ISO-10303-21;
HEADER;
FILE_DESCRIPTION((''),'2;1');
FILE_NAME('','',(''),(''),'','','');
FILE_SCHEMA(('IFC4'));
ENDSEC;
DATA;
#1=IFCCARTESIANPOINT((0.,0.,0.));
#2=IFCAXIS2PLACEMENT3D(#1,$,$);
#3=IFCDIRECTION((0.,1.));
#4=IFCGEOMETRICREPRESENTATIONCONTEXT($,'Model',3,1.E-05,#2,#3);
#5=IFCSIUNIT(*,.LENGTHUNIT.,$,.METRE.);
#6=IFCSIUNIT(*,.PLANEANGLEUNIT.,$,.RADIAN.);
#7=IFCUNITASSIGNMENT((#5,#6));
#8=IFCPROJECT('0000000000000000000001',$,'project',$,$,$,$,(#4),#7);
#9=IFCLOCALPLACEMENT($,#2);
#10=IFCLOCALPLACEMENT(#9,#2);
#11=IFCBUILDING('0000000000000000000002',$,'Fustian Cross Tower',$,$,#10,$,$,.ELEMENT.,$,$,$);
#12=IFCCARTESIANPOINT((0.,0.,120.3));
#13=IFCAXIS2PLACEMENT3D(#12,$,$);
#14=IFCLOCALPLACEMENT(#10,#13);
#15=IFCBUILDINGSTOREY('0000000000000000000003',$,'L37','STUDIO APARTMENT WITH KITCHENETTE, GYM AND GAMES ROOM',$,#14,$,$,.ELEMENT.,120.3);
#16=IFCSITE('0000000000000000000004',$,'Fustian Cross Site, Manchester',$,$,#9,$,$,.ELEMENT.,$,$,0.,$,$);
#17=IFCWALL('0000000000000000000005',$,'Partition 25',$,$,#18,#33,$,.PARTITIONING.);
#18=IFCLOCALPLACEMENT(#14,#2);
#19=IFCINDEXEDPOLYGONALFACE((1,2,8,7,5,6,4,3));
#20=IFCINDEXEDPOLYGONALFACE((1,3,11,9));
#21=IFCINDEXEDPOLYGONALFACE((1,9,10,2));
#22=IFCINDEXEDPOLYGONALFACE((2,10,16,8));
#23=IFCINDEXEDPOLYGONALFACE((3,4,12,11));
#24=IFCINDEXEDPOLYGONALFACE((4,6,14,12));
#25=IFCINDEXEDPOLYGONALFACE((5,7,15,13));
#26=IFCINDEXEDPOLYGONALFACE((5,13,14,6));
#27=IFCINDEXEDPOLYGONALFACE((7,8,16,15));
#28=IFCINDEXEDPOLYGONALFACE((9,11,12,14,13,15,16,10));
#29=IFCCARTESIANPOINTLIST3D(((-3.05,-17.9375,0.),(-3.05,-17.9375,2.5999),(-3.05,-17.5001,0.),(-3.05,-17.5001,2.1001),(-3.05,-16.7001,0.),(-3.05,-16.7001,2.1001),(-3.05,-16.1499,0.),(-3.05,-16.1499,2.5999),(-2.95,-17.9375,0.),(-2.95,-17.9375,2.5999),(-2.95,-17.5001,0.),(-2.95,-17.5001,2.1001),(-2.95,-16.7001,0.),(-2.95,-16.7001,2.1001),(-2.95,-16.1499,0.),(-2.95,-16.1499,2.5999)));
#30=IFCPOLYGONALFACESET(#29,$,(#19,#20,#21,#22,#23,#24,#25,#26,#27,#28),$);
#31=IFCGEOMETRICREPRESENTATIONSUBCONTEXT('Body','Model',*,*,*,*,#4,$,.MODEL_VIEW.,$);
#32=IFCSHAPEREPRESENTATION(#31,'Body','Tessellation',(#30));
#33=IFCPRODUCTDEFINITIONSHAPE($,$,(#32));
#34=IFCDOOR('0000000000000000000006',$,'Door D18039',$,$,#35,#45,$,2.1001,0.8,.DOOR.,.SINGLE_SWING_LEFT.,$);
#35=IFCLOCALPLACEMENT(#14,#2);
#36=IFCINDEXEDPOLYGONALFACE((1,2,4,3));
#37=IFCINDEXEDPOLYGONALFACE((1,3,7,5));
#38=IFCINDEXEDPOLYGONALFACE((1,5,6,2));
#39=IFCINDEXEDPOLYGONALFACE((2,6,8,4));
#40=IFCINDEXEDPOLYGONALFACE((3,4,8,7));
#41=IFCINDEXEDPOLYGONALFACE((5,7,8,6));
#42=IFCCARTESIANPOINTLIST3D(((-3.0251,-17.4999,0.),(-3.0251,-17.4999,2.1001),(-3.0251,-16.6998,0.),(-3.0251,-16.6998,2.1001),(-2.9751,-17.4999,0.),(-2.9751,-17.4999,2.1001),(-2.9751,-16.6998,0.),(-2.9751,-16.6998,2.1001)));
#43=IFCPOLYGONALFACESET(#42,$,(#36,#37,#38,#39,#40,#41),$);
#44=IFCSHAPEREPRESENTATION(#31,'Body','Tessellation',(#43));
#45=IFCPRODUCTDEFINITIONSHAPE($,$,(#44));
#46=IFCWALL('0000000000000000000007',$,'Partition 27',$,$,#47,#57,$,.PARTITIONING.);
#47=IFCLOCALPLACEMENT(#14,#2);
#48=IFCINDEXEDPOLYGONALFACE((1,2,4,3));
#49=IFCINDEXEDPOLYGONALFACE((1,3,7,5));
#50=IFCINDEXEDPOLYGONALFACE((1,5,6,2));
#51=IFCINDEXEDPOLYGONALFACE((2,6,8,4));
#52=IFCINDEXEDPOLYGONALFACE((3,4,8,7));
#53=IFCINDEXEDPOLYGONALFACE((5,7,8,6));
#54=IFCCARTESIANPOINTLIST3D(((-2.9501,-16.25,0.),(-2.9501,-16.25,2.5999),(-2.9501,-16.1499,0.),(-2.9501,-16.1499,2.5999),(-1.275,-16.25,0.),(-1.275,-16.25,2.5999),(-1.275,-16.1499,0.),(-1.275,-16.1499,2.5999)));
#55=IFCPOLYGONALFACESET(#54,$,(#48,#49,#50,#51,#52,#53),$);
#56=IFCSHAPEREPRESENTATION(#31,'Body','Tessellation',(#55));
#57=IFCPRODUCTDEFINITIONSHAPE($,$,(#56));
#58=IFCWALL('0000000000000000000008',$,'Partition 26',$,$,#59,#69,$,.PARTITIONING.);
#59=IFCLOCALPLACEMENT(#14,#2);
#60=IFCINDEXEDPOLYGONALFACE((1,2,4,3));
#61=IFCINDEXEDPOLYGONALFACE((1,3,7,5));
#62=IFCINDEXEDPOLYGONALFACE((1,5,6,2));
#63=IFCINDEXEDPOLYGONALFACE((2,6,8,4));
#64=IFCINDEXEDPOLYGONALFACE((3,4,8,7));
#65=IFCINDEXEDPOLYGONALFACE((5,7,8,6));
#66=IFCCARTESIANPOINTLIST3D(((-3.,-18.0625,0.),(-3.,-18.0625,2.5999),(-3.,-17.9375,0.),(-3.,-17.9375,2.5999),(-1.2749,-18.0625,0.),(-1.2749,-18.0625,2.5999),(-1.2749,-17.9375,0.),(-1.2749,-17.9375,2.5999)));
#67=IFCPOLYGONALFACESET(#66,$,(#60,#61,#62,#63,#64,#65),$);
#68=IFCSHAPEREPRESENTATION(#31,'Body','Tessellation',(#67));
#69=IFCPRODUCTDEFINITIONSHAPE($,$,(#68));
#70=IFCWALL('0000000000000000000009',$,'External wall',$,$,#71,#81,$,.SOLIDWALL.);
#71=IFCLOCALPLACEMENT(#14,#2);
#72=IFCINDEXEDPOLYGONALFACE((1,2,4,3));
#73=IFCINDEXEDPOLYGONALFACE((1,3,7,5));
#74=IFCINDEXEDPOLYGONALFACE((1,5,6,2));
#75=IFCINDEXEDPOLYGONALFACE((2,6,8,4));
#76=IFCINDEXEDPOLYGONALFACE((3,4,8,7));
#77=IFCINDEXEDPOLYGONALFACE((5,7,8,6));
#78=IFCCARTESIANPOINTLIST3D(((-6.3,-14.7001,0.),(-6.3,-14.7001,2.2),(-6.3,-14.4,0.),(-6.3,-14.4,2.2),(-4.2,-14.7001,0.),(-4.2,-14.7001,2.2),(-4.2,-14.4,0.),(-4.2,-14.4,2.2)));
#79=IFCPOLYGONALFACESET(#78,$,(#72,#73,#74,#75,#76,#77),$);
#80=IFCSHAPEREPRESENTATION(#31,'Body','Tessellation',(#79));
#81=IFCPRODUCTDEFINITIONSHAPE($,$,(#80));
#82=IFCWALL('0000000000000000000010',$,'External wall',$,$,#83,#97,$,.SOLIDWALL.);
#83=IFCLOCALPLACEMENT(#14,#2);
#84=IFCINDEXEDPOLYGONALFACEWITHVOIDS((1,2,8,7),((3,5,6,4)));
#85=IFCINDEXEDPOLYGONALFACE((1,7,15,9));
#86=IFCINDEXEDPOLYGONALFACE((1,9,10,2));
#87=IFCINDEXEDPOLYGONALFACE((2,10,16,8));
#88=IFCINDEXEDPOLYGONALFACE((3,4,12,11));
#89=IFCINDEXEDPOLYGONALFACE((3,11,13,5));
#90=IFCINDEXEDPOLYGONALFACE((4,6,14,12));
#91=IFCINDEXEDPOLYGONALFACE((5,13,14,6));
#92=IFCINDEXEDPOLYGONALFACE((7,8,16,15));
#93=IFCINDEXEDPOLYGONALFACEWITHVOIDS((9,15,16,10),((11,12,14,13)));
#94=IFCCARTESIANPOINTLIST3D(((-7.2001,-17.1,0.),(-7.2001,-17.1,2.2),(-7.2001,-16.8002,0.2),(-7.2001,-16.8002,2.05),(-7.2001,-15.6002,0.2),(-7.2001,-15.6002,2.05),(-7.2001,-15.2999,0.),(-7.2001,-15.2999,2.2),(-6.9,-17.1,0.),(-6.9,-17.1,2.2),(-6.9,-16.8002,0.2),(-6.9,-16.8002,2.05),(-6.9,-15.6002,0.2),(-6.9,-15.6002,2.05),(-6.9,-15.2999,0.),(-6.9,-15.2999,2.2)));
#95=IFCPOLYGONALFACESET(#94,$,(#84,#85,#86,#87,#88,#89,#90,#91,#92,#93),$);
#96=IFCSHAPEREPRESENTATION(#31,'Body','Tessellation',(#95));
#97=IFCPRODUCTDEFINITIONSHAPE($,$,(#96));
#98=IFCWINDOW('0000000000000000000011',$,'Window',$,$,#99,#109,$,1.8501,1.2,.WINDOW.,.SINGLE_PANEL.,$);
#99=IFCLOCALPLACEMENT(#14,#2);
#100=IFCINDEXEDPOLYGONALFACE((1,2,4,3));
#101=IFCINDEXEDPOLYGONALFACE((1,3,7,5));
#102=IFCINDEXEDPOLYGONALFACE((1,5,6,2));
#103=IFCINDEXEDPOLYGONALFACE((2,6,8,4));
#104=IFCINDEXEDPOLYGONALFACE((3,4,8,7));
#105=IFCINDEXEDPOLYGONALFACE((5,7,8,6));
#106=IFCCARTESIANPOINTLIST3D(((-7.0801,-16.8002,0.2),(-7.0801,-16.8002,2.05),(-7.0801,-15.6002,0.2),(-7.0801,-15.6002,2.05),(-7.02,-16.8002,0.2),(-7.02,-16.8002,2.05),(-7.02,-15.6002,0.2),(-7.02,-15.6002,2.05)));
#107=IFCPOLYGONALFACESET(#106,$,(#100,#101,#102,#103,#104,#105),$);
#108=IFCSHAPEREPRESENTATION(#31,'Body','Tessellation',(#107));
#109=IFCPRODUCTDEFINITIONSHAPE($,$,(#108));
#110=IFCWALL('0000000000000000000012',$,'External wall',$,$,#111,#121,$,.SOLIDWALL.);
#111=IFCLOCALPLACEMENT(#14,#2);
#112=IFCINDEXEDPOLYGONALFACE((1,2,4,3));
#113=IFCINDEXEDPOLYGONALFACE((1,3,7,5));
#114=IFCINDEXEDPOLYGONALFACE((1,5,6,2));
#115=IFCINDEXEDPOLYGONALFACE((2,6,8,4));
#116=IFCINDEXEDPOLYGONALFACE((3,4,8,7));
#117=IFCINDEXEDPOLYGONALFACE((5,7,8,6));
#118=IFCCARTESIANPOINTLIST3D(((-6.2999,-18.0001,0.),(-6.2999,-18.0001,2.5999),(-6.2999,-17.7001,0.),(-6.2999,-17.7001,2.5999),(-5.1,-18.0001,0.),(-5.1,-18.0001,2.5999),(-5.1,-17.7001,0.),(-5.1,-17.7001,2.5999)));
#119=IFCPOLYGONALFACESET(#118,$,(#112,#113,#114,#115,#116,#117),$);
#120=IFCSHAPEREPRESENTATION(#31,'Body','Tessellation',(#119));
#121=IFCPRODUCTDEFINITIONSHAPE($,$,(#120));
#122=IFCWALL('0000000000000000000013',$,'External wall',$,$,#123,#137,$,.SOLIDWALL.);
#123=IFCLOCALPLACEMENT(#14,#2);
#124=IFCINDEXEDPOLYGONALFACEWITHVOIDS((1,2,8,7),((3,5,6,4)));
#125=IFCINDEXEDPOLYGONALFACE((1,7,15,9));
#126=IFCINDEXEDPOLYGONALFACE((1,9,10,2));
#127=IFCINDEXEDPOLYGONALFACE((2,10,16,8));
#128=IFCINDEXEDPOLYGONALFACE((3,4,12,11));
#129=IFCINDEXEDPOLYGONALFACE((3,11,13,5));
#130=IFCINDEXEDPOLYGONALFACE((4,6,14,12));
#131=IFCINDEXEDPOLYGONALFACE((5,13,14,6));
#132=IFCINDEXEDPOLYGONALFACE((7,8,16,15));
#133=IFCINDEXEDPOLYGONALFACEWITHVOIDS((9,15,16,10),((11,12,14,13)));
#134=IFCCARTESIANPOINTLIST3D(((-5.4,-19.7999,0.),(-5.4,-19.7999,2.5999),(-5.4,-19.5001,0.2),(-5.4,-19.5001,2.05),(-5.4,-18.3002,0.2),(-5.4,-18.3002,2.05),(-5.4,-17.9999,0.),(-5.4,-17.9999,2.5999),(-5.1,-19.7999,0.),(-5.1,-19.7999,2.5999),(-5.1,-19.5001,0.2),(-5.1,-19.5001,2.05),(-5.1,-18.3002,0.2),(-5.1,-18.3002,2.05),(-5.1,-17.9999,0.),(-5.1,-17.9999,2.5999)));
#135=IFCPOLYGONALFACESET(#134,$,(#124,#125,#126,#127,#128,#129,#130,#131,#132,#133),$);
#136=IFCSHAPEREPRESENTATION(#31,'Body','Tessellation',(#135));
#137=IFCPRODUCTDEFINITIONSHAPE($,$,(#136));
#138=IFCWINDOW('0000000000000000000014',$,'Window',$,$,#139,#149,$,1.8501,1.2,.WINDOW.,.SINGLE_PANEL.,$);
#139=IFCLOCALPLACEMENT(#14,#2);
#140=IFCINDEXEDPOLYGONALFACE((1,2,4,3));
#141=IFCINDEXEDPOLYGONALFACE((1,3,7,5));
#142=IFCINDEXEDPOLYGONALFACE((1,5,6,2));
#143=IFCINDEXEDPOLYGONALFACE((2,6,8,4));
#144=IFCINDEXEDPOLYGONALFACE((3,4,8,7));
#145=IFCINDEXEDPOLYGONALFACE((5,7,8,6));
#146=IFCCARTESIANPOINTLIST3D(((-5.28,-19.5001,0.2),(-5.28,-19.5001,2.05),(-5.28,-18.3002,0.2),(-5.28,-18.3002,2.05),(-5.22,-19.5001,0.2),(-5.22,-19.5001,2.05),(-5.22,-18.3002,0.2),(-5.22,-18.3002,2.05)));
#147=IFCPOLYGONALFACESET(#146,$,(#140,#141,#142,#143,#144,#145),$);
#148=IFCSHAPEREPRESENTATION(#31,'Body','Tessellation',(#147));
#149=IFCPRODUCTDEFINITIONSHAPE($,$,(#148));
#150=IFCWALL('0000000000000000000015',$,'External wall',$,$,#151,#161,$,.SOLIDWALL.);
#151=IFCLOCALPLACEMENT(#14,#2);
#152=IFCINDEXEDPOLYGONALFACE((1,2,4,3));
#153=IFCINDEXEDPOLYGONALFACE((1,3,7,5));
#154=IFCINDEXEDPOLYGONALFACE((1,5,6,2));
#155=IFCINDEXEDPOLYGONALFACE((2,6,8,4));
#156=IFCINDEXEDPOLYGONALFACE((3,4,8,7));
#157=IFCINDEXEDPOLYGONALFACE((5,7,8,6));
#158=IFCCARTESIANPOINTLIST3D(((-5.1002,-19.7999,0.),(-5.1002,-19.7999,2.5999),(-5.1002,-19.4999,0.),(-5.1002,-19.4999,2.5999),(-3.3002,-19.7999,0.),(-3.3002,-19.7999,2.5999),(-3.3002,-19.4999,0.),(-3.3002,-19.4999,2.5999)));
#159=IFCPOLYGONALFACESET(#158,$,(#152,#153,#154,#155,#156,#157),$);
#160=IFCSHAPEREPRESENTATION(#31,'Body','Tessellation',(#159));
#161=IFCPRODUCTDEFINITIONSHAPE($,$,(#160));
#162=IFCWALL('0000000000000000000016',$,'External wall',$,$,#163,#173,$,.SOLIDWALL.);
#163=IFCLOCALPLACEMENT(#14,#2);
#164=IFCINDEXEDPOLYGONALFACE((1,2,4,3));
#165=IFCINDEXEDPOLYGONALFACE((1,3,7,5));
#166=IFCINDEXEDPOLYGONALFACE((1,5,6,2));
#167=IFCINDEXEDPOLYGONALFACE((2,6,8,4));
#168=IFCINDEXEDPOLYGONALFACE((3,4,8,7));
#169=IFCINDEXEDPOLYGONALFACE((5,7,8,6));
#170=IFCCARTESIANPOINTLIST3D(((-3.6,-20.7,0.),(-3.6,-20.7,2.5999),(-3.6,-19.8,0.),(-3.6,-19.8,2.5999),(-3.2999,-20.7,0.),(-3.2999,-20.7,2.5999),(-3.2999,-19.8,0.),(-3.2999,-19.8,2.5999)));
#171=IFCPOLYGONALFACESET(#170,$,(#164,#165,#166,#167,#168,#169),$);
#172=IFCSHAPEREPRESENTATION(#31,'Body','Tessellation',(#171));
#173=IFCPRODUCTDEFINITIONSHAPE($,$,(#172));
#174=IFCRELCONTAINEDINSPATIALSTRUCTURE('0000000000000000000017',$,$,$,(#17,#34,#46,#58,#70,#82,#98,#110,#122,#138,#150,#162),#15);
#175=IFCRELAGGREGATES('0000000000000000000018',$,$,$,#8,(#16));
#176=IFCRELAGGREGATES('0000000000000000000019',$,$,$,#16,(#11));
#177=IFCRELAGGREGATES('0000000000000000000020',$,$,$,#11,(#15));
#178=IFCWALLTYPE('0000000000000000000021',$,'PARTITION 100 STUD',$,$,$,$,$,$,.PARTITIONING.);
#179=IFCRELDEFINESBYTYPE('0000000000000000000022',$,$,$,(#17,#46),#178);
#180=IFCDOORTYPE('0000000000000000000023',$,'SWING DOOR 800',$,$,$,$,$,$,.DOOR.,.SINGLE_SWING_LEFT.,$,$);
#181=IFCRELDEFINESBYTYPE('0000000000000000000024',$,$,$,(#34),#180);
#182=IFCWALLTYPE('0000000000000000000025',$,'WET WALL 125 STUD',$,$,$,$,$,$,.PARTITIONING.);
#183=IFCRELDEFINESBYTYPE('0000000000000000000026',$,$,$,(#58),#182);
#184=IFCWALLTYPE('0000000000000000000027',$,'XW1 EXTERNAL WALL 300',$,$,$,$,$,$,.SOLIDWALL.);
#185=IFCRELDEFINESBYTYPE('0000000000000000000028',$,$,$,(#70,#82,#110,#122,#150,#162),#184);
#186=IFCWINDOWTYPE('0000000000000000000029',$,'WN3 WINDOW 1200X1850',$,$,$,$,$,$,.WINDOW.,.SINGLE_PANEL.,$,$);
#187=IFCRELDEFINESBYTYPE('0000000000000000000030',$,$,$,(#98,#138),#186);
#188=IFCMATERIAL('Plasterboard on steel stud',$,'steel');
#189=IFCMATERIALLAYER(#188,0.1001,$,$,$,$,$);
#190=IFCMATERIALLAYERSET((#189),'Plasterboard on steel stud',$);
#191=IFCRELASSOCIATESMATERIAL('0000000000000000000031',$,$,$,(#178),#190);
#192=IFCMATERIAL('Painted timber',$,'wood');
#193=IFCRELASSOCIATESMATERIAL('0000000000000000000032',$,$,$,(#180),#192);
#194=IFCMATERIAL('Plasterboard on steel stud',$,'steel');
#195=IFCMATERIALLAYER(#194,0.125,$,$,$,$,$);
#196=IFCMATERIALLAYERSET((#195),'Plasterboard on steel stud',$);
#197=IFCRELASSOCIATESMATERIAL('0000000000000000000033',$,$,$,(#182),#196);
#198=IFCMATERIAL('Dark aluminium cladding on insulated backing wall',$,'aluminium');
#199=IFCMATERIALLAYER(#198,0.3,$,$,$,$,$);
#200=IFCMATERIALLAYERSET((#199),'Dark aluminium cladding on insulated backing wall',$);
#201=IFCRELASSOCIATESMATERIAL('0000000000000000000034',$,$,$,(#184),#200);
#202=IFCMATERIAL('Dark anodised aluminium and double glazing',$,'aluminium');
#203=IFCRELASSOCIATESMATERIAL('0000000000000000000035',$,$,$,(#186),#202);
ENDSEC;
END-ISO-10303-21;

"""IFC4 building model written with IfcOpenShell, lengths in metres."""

from ifc_helpers import new_model, si_unit, direction, frame, frame_2d, origin, place, context, subcontext, project, spatial, rectangle, extrude, material, layer, layer_set, type_object, element, fill, save


model = new_model("IFC4")

# Units and contexts
model_context = context("Model", 3, precision=1e-05, world=origin(), true_north=direction((0.0, 1.0)))
body_context = subcontext(model_context, "Body", "Model", "MODEL_VIEW")
ifc_project = project(units=[si_unit("LENGTHUNIT", "METRE"), si_unit("PLANEANGLEUNIT", "RADIAN")], contexts=[model_context])

# Site, building, storey
site_placement = place(None, origin())
site = spatial("IfcSite", under=ifc_project, at=site_placement, Name="Fustian Cross Site, Manchester", CompositionType="ELEMENT", RefElevation=0.0)
building_placement = place(site_placement, origin())
building = spatial("IfcBuilding", under=site, at=building_placement, Name="Fustian Cross Tower", CompositionType="ELEMENT")
storey_placement = place(building_placement, frame((0.0, 0.0, 120.3)))
storey = spatial("IfcBuildingStorey", under=building, at=storey_placement, Name="L37", Description="STUDIO APARTMENT WITH KITCHENETTE, GYM AND GAMES ROOM", CompositionType="ELEMENT", Elevation=120.3)

# Shared definitions
ifc_material_1 = material(Name="Plasterboard on steel stud", Category="steel")
ifc_layer_1 = layer(ifc_material_1, 0.1001)
ifc_layer_set_1 = layer_set([ifc_layer_1], Name="Plasterboard on steel stud")
wall_type_1 = type_object("IfcWallType", Name="PARTITION 100 STUD", PredefinedType="PARTITIONING", material=ifc_layer_set_1)

# Wall, opening, door
wall_1_placement = place(storey_placement, frame((-3.0, -17.9375, 0.0), z_axis=(0.0, 0.0, 1.0), x_axis=(0.0, 1.0, 0.0)))
wall_1 = element("IfcWall", 1, at=wall_1_placement, inside=storey, type_object=wall_type_1, Name="Partition 25", PredefinedType="PARTITIONING", context=body_context, shape_type="SweptSolid", body=[
    extrude(rectangle(XDim=1.7876, YDim=0.1001, at=frame_2d((0.8938, 0.0))), origin(), (0.0, 0.0, 1.0), 2.5999),
])
opening_1_placement = place(wall_1_placement, frame((0.4375, 0.0, 0.0)))
opening_1 = element("IfcOpeningElement", 2, at=opening_1_placement, cuts=wall_1, PredefinedType="OPENING", context=body_context, shape_type="SweptSolid", body=[
    extrude(rectangle(XDim=0.8, YDim=2.1001, at=frame_2d((0.3999, 1.05))), frame((0.0, 0.0601, 0.0), z_axis=(0.0, -1.0, 0.0), x_axis=(1.0, 0.0, 0.0)), (0.0, 0.0, 1.0), 0.1201),
])
ifc_material_2 = material(Name="Painted timber", Category="wood")
door_type_1 = type_object("IfcDoorType", Name="SWING DOOR 800", OperationType="SINGLE_SWING_LEFT", PredefinedType="DOOR", material=ifc_material_2)
door_1_placement = place(opening_1_placement, frame((0.8, 0.0, 0.0), z_axis=(0.0, 0.0, 1.0), x_axis=(-1.0, 0.0, 0.0)))
door_1 = element("IfcDoor", 3, at=door_1_placement, inside=storey, type_object=door_type_1, Name="Door D18039", OperationType="SINGLE_SWING_LEFT", OverallHeight=2.1001, OverallWidth=0.8, PredefinedType="DOOR", context=body_context, shape_type="SweptSolid", body=[
    extrude(rectangle(XDim=0.8, YDim=2.1001, at=frame_2d((0.3999, 1.05))), frame((0.0, 0.0249, 0.0), z_axis=(0.0, -1.0, 0.0), x_axis=(1.0, 0.0, 0.0)), (0.0, 0.0, 1.0), 0.05),
])
fill(opening_1, door_1)

# Walls
wall_2_placement = place(storey_placement, frame((-2.95, -16.2, 0.0), z_axis=(0.0, 0.0, 1.0), x_axis=(1.0, 0.0, 0.0)))
element("IfcWall", 4, at=wall_2_placement, inside=storey, type_object=wall_type_1, Name="Partition 27", PredefinedType="PARTITIONING", context=body_context, shape_type="SweptSolid", body=[
    extrude(rectangle(XDim=1.675, YDim=0.1001, at=frame_2d((0.8374, 0.0))), origin(), (0.0, 0.0, 1.0), 2.5999),
])
ifc_material_3 = material(Name="Plasterboard on steel stud", Category="steel")
ifc_layer_2 = layer(ifc_material_3, 0.125)
ifc_layer_set_2 = layer_set([ifc_layer_2], Name="Plasterboard on steel stud")
wall_type_2 = type_object("IfcWallType", Name="WET WALL 125 STUD", PredefinedType="PARTITIONING", material=ifc_layer_set_2)
wall_3_placement = place(storey_placement, frame((-3.0, -18.0, 0.0), z_axis=(0.0, 0.0, 1.0), x_axis=(1.0, 0.0, 0.0)))
element("IfcWall", 5, at=wall_3_placement, inside=storey, type_object=wall_type_2, Name="Partition 26", PredefinedType="PARTITIONING", context=body_context, shape_type="SweptSolid", body=[
    extrude(rectangle(XDim=1.7251, YDim=0.125, at=frame_2d((0.8625, 0.0))), origin(), (0.0, 0.0, 1.0), 2.5999),
])
ifc_material_4 = material(Name="Dark aluminium cladding on insulated backing wall", Category="aluminium")
ifc_layer_3 = layer(ifc_material_4, 0.3)
ifc_layer_set_3 = layer_set([ifc_layer_3], Name="Dark aluminium cladding on insulated backing wall")
wall_type_3 = type_object("IfcWallType", Name="XW1 EXTERNAL WALL 300", PredefinedType="SOLIDWALL", material=ifc_layer_set_3)
wall_4_placement = place(storey_placement, frame((-4.2, -14.55, 0.0), z_axis=(0.0, 0.0, 1.0), x_axis=(-1.0, 0.0, 0.0)))
element("IfcWall", 6, at=wall_4_placement, inside=storey, type_object=wall_type_3, Name="External wall", PredefinedType="SOLIDWALL", context=body_context, shape_type="SweptSolid", body=[
    extrude(rectangle(XDim=2.1001, YDim=0.3, at=frame_2d((1.05, 0.0))), origin(), (0.0, 0.0, 1.0), 2.2),
])

# Wall, opening, window
wall_5_placement = place(storey_placement, frame((-7.05, -15.3, 0.0), z_axis=(0.0, 0.0, 1.0), x_axis=(0.0, -1.0, 0.0)))
wall_5 = element("IfcWall", 7, at=wall_5_placement, inside=storey, type_object=wall_type_3, Name="External wall", PredefinedType="SOLIDWALL", context=body_context, shape_type="SweptSolid", body=[
    extrude(rectangle(XDim=1.8, YDim=0.3, at=frame_2d((0.8999, 0.0))), origin(), (0.0, 0.0, 1.0), 2.2),
])
opening_2_placement = place(wall_5_placement, frame((0.3, 0.0, 0.2)))
opening_2 = element("IfcOpeningElement", 8, at=opening_2_placement, cuts=wall_5, PredefinedType="OPENING", context=body_context, shape_type="SweptSolid", body=[
    extrude(rectangle(XDim=1.2, YDim=1.8501, at=frame_2d((0.6001, 0.925))), frame((0.0, 0.1599, 0.0), z_axis=(0.0, -1.0, 0.0), x_axis=(1.0, 0.0, 0.0)), (0.0, 0.0, 1.0), 0.3201),
])
ifc_material_5 = material(Name="Dark anodised aluminium and double glazing", Category="aluminium")
window_type_1 = type_object("IfcWindowType", Name="WN3 WINDOW 1200X1850", PartitioningType="SINGLE_PANEL", PredefinedType="WINDOW", material=ifc_material_5)
window_1_placement = place(opening_2_placement, origin())
window_1 = element("IfcWindow", 9, at=window_1_placement, inside=storey, type_object=window_type_1, Name="Window", OverallHeight=1.8501, OverallWidth=1.2, PartitioningType="SINGLE_PANEL", PredefinedType="WINDOW", context=body_context, shape_type="SweptSolid", body=[
    extrude(rectangle(XDim=1.2, YDim=1.8501, at=frame_2d((0.6001, 0.925))), frame((0.0, 0.03, 0.0), z_axis=(0.0, -1.0, 0.0), x_axis=(1.0, 0.0, 0.0)), (0.0, 0.0, 1.0), 0.0601),
])
fill(opening_2, window_1)

# Wall
wall_6_placement = place(storey_placement, frame((-6.3, -17.8501, 0.0), z_axis=(0.0, 0.0, 1.0), x_axis=(1.0, 0.0, 0.0)))
element("IfcWall", 10, at=wall_6_placement, inside=storey, type_object=wall_type_3, Name="External wall", PredefinedType="SOLIDWALL", context=body_context, shape_type="SweptSolid", body=[
    extrude(rectangle(XDim=1.2, YDim=0.3, at=frame_2d((0.6001, 0.0))), origin(), (0.0, 0.0, 1.0), 2.5999),
])

# Wall, opening, window
wall_7_placement = place(storey_placement, frame((-5.25, -18.0, 0.0), z_axis=(0.0, 0.0, 1.0), x_axis=(0.0, -1.0, 0.0)))
wall_7 = element("IfcWall", 11, at=wall_7_placement, inside=storey, type_object=wall_type_3, Name="External wall", PredefinedType="SOLIDWALL", context=body_context, shape_type="SweptSolid", body=[
    extrude(rectangle(XDim=1.8, YDim=0.3, at=frame_2d((0.8999, 0.0))), origin(), (0.0, 0.0, 1.0), 2.5999),
])
opening_3_placement = place(wall_7_placement, frame((0.3, 0.0, 0.2)))
opening_3 = element("IfcOpeningElement", 12, at=opening_3_placement, cuts=wall_7, PredefinedType="OPENING", context=body_context, shape_type="SweptSolid", body=[
    extrude(rectangle(XDim=1.2, YDim=1.8501, at=frame_2d((0.6001, 0.925))), frame((0.0, 0.1599, 0.0), z_axis=(0.0, -1.0, 0.0), x_axis=(1.0, 0.0, 0.0)), (0.0, 0.0, 1.0), 0.3201),
])
window_2_placement = place(opening_3_placement, origin())
window_2 = element("IfcWindow", 13, at=window_2_placement, inside=storey, type_object=window_type_1, Name="Window", OverallHeight=1.8501, OverallWidth=1.2, PartitioningType="SINGLE_PANEL", PredefinedType="WINDOW", context=body_context, shape_type="SweptSolid", body=[
    extrude(rectangle(XDim=1.2, YDim=1.8501, at=frame_2d((0.6001, 0.925))), frame((0.0, 0.03, 0.0), z_axis=(0.0, -1.0, 0.0), x_axis=(1.0, 0.0, 0.0)), (0.0, 0.0, 1.0), 0.0601),
])
fill(opening_3, window_2)

# Walls
wall_8_placement = place(storey_placement, frame((-5.1001, -19.6499, 0.0), z_axis=(0.0, 0.0, 1.0), x_axis=(1.0, 0.0, 0.0)))
element("IfcWall", 14, at=wall_8_placement, inside=storey, type_object=wall_type_3, Name="External wall", PredefinedType="SOLIDWALL", context=body_context, shape_type="SweptSolid", body=[
    extrude(rectangle(XDim=1.8, YDim=0.3, at=frame_2d((0.8999, 0.0))), origin(), (0.0, 0.0, 1.0), 2.5999),
])
wall_9_placement = place(storey_placement, frame((-3.45, -19.8, 0.0), z_axis=(0.0, 0.0, 1.0), x_axis=(0.0, -1.0, 0.0)))
element("IfcWall", 15, at=wall_9_placement, inside=storey, type_object=wall_type_3, Name="External wall", PredefinedType="SOLIDWALL", context=body_context, shape_type="SweptSolid", body=[
    extrude(rectangle(XDim=0.8999, YDim=0.3, at=frame_2d((0.45, 0.0))), origin(), (0.0, 0.0, 1.0), 2.5999),
])

save(model, "model.ifc")
